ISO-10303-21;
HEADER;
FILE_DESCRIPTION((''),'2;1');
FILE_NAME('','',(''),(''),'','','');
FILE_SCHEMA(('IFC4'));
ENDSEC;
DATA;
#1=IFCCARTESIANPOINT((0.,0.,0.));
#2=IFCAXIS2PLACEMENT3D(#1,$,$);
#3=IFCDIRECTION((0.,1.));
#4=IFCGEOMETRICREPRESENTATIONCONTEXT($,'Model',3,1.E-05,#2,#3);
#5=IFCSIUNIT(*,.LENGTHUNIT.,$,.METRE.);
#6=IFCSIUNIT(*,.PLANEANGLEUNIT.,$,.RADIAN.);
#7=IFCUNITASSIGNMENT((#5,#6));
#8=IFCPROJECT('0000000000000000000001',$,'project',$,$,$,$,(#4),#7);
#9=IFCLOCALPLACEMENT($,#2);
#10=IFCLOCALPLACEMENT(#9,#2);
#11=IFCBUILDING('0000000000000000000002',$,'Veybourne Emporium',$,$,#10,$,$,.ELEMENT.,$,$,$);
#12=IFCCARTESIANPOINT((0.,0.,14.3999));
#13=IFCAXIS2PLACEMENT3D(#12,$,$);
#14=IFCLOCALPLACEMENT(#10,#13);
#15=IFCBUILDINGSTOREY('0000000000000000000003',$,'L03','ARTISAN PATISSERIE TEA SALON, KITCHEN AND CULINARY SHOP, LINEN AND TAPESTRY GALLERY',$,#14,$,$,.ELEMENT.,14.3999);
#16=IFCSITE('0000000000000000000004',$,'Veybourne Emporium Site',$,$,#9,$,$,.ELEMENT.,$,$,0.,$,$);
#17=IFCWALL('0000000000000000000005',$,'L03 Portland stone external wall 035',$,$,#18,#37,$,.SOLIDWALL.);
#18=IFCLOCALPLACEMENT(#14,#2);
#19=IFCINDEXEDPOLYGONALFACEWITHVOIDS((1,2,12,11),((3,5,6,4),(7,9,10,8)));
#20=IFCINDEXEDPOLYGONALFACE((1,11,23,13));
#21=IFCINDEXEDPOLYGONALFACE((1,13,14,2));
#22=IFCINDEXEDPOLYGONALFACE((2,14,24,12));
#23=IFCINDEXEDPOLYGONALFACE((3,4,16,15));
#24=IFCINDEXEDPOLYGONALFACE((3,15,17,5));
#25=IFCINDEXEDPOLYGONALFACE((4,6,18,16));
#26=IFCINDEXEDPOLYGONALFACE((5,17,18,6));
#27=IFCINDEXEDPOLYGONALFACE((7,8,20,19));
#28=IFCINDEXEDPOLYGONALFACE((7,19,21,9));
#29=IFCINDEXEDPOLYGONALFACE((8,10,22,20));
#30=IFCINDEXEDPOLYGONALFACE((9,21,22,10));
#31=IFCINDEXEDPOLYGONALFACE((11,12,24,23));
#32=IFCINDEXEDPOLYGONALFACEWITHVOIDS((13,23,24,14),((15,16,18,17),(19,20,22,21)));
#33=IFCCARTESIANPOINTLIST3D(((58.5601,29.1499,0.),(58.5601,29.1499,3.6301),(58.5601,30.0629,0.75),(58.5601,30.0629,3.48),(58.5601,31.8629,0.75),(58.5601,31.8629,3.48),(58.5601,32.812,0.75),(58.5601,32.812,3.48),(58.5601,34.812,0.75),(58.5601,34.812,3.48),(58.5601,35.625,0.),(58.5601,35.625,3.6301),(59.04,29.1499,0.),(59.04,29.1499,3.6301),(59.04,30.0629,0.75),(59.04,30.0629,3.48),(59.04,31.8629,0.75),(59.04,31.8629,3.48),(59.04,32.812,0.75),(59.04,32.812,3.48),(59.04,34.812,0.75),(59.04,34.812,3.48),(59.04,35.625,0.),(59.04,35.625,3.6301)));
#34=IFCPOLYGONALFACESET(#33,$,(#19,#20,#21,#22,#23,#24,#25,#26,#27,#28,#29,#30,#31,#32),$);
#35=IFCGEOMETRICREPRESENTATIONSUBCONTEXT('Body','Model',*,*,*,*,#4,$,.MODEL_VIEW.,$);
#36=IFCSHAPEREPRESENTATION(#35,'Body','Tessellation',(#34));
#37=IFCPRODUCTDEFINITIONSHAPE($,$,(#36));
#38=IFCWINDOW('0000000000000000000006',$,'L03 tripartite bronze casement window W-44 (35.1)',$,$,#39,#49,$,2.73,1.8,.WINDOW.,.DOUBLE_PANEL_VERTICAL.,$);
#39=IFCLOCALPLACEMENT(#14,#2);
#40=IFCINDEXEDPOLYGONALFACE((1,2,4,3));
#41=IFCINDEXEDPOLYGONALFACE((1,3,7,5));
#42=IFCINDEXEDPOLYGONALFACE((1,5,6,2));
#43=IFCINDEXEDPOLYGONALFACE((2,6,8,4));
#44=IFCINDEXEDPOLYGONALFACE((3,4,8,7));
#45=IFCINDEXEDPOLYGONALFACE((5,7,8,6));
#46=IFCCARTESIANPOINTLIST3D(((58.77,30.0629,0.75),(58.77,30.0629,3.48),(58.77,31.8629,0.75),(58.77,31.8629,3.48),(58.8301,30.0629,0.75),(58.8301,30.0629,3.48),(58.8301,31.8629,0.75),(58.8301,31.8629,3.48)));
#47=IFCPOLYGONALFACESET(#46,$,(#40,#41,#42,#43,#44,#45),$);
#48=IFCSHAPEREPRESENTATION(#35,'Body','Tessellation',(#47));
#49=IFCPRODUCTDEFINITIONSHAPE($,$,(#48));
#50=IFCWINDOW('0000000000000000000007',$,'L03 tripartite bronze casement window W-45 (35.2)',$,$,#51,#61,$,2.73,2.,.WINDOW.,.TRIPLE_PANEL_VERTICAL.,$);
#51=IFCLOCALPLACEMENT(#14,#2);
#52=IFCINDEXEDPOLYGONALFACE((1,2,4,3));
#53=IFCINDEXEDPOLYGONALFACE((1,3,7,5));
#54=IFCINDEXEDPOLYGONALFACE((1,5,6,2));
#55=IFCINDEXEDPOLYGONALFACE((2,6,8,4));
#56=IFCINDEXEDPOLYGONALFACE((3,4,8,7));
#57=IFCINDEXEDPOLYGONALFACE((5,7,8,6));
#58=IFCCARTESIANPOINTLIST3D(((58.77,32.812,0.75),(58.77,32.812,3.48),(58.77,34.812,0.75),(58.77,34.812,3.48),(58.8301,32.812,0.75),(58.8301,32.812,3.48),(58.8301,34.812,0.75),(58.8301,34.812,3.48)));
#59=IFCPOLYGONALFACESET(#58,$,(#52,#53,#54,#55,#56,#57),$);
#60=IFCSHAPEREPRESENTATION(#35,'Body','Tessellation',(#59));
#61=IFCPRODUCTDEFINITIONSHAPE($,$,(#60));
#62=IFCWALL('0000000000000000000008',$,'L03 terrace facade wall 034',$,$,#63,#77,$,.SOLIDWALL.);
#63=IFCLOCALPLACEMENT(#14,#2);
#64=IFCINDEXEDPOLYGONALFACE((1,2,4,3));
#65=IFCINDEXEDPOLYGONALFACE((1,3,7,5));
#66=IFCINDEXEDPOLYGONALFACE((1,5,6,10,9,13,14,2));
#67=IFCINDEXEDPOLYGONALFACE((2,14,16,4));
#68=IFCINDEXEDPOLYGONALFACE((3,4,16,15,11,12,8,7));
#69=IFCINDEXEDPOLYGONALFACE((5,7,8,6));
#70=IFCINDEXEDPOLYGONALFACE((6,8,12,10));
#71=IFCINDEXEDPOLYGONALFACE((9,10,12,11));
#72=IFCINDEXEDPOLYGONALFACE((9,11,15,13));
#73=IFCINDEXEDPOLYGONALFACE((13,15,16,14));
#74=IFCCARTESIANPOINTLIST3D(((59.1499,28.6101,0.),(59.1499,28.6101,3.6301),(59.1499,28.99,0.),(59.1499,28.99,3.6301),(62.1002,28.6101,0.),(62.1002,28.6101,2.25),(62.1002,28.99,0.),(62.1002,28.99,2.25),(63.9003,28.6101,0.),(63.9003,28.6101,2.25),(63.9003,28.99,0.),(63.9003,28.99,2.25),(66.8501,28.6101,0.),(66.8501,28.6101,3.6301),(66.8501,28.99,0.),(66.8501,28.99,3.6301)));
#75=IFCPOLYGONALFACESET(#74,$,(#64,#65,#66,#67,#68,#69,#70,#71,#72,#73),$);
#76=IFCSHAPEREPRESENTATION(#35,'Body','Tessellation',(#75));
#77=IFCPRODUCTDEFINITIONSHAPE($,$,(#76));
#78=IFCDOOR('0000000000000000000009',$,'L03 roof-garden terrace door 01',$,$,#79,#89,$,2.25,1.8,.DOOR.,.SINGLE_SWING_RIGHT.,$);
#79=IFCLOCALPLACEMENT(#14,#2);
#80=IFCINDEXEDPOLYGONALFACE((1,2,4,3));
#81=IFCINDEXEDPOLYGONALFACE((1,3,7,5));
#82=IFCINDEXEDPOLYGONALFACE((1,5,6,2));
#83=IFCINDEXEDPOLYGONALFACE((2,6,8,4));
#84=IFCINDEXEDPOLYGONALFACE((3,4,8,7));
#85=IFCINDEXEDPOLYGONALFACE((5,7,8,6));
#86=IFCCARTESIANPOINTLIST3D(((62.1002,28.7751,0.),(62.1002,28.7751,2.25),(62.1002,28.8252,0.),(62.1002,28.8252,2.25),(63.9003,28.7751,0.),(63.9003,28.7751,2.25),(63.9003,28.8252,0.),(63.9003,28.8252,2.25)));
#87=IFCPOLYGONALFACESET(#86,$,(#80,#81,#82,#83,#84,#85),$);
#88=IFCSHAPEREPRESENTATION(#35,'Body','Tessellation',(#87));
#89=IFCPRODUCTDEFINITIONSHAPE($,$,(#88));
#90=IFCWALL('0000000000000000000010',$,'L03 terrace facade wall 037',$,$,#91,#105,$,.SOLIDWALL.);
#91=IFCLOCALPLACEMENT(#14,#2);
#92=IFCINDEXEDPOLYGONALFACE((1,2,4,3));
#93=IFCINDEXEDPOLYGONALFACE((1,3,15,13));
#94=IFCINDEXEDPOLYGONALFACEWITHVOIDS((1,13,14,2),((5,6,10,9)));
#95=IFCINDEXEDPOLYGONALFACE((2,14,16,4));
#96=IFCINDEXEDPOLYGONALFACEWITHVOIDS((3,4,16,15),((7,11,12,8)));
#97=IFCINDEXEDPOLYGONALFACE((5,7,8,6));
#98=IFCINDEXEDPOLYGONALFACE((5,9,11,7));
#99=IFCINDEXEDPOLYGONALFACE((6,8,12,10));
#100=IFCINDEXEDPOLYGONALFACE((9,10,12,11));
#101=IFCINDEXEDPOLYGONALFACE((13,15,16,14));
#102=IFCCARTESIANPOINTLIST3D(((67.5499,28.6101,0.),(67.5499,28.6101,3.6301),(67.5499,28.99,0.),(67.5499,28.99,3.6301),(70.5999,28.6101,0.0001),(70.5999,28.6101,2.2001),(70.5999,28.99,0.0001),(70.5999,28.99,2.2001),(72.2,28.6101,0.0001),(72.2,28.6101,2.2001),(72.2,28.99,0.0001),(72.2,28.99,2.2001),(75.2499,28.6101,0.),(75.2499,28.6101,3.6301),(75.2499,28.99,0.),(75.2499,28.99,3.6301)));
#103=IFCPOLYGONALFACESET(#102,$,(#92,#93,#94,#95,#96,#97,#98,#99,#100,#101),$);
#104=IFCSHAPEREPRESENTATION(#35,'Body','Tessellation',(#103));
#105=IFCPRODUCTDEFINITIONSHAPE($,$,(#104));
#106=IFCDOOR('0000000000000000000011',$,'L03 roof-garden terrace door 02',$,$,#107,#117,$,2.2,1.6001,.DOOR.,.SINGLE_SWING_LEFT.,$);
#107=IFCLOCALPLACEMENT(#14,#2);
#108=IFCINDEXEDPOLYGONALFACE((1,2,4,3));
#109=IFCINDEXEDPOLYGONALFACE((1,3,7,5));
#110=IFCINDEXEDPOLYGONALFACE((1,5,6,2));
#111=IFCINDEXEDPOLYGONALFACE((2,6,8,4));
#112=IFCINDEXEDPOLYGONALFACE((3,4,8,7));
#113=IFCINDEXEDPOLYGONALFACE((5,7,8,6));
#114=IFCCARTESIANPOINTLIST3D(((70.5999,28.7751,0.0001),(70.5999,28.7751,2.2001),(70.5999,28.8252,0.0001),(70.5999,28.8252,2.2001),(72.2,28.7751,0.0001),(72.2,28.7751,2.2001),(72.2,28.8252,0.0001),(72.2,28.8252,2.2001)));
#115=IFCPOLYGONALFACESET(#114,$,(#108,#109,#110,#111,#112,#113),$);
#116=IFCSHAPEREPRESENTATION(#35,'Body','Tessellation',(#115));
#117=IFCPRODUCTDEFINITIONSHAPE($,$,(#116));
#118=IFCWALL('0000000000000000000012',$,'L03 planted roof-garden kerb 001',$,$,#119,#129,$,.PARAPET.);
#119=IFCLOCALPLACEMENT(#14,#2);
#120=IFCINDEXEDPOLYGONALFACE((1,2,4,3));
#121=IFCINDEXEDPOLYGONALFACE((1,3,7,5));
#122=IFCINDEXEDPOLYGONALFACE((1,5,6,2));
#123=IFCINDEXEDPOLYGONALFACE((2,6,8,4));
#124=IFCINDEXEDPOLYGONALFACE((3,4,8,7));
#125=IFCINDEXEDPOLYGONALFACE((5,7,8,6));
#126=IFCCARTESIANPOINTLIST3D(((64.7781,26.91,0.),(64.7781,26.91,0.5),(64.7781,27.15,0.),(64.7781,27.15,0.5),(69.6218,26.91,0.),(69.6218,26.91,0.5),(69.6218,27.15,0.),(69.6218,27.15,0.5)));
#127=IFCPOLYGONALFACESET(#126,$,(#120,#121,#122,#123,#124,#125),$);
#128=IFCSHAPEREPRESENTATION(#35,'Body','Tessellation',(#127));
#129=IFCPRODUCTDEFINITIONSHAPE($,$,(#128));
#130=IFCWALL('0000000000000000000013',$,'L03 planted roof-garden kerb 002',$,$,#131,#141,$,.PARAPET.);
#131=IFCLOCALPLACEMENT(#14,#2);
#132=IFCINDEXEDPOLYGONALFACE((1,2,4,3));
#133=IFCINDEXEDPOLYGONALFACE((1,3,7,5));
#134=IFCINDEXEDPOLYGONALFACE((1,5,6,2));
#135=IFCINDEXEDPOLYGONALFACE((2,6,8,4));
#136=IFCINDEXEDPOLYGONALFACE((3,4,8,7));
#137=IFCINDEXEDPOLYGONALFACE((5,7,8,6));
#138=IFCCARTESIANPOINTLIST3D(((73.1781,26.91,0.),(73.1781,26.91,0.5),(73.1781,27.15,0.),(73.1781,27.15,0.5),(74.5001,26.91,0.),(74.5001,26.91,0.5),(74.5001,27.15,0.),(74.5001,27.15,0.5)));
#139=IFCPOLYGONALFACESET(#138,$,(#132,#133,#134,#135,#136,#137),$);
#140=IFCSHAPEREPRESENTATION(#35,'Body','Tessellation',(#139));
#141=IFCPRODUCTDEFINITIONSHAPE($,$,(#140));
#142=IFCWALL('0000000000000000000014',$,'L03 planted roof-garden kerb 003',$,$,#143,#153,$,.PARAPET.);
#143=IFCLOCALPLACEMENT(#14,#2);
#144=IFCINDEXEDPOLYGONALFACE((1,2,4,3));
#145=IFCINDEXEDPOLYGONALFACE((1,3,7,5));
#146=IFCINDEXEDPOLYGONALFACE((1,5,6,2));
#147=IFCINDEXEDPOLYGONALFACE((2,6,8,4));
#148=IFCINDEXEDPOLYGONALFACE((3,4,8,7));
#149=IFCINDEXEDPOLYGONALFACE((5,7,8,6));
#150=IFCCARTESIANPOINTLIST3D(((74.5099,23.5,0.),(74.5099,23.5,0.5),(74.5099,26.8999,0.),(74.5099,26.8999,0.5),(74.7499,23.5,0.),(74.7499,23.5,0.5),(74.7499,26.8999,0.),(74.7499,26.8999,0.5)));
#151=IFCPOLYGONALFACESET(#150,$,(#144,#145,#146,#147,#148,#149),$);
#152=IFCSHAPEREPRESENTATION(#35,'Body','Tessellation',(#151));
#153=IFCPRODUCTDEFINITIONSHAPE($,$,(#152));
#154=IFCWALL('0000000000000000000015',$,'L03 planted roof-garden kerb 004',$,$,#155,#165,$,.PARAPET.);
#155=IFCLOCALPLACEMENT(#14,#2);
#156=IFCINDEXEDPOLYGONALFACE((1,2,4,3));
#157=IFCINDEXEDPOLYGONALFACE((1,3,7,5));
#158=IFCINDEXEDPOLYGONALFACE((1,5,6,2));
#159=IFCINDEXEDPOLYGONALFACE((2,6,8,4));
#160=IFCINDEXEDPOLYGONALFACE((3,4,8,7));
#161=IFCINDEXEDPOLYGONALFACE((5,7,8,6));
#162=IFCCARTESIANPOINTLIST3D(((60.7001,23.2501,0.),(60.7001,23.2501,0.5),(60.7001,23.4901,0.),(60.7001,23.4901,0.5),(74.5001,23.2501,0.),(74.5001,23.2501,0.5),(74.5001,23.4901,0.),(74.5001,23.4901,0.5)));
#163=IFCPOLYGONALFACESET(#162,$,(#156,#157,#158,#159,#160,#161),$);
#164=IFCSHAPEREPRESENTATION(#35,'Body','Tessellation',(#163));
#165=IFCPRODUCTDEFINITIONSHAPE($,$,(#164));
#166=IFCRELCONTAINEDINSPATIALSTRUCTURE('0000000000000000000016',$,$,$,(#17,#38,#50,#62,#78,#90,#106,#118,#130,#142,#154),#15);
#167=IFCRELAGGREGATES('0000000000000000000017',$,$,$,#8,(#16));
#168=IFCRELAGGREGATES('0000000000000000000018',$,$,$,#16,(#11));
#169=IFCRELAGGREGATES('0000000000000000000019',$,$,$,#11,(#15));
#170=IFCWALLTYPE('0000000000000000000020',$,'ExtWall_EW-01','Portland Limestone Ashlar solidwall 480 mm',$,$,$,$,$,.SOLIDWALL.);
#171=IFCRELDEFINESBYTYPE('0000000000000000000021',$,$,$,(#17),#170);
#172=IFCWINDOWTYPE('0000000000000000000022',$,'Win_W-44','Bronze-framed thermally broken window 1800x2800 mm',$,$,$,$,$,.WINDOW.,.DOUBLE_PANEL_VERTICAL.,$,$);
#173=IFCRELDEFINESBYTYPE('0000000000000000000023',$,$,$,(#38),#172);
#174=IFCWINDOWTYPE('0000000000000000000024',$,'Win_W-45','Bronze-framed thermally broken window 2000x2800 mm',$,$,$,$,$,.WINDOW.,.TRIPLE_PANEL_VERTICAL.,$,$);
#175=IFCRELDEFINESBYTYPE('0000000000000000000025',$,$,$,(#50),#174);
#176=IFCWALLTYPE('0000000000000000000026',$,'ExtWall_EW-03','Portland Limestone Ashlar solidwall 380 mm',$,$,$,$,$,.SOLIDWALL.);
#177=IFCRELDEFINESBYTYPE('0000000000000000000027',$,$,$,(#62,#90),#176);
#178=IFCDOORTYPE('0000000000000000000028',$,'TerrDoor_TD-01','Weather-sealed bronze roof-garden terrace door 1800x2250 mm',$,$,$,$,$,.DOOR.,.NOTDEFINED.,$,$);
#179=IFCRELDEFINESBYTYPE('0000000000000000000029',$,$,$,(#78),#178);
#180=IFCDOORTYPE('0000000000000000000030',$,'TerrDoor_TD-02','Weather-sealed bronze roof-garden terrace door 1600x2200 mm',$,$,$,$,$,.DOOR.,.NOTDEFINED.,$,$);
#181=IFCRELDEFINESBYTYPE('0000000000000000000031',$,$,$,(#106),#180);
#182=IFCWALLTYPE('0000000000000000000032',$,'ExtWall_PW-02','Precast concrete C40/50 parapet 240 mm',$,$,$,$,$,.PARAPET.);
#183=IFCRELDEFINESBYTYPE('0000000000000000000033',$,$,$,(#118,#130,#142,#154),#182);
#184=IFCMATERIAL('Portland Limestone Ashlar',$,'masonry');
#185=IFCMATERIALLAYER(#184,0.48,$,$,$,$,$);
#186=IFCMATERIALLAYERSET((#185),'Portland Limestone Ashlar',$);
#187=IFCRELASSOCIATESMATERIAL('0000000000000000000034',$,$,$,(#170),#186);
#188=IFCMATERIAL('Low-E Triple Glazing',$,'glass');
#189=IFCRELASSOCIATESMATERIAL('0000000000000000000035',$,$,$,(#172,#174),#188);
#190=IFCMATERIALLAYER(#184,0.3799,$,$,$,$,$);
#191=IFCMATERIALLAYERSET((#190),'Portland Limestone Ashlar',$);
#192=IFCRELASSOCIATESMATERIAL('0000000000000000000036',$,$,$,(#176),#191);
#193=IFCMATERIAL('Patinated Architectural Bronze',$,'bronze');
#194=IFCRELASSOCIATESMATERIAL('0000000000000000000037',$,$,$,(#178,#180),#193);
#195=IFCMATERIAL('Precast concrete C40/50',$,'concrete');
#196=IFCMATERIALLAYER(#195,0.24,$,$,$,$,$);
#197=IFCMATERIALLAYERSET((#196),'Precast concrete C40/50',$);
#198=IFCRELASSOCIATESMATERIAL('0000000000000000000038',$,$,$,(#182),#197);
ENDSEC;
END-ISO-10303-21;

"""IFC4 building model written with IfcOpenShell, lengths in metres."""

from ifc_helpers import new_model, si_unit, direction, frame, frame_2d, origin, place, context, subcontext, project, spatial, rectangle, extrude, material, layer, layer_set, type_object, element, fill, save


model = new_model("IFC4")

# Units and contexts
model_context = context("Model", 3, precision=1e-05, world=origin(), true_north=direction((0.0, 1.0)))
body_context = subcontext(model_context, "Body", "Model", "MODEL_VIEW")
ifc_project = project(units=[si_unit("LENGTHUNIT", "METRE"), si_unit("PLANEANGLEUNIT", "RADIAN")], contexts=[model_context])

# Site, building, storey
site_placement = place(None, origin())
site = spatial("IfcSite", under=ifc_project, at=site_placement, Name="Veybourne Emporium Site", CompositionType="ELEMENT", RefElevation=0.0)
building_placement = place(site_placement, origin())
building = spatial("IfcBuilding", under=site, at=building_placement, Name="Veybourne Emporium", CompositionType="ELEMENT")
storey_placement = place(building_placement, frame((0.0, 0.0, 14.3999)))
storey = spatial("IfcBuildingStorey", under=building, at=storey_placement, Name="L03", Description="ARTISAN PATISSERIE TEA SALON, KITCHEN AND CULINARY SHOP, LINEN AND TAPESTRY GALLERY", CompositionType="ELEMENT", Elevation=14.3999)

# Wall, openings, windows
ifc_material_1 = material(Name="Portland Limestone Ashlar", Category="masonry")
ifc_layer_1 = layer(ifc_material_1, 0.48)
ifc_layer_set_1 = layer_set([ifc_layer_1], Name="Portland Limestone Ashlar")
wall_type_1 = type_object("IfcWallType", Name="ExtWall_EW-01", Description="Portland Limestone Ashlar solidwall 480 mm", PredefinedType="SOLIDWALL", material=ifc_layer_set_1)
wall_1_placement = place(storey_placement, frame((58.8, 29.1499, 0.0), z_axis=(0.0, 0.0, 1.0), x_axis=(0.0, 1.0, 0.0)))
wall_1 = element("IfcWall", 1, at=wall_1_placement, inside=storey, type_object=wall_type_1, Name="L03 Portland stone external wall 035", PredefinedType="SOLIDWALL", context=body_context, shape_type="SweptSolid", body=[
    extrude(rectangle(XDim=6.4751, YDim=0.48, at=frame_2d((3.2375, 0.0))), origin(), (0.0, 0.0, 1.0), 3.6301),
])
opening_1_placement = place(wall_1_placement, frame((0.9131, 0.0, 0.75)))
opening_1 = element("IfcOpeningElement", 2, at=opening_1_placement, cuts=wall_1, PredefinedType="OPENING", context=body_context, shape_type="SweptSolid", body=[
    extrude(rectangle(XDim=1.8, YDim=2.73, at=frame_2d((0.8999, 1.365))), frame((0.0, 0.26, 0.0), z_axis=(0.0, -1.0, 0.0), x_axis=(1.0, 0.0, 0.0)), (0.0, 0.0, 1.0), 0.52),
])
opening_2_placement = place(wall_1_placement, frame((3.6621, 0.0, 0.75)))
opening_2 = element("IfcOpeningElement", 3, at=opening_2_placement, cuts=wall_1, PredefinedType="OPENING", context=body_context, shape_type="SweptSolid", body=[
    extrude(rectangle(XDim=2.0, YDim=2.73, at=frame_2d((1.0, 1.365))), frame((0.0, 0.26, 0.0), z_axis=(0.0, -1.0, 0.0), x_axis=(1.0, 0.0, 0.0)), (0.0, 0.0, 1.0), 0.52),
])
ifc_material_2 = material(Name="Low-E Triple Glazing", Category="glass")
window_type_1 = type_object("IfcWindowType", Name="Win_W-44", Description="Bronze-framed thermally broken window 1800x2800 mm", PartitioningType="DOUBLE_PANEL_VERTICAL", PredefinedType="WINDOW", material=ifc_material_2)
window_1_placement = place(opening_1_placement, origin())
window_1 = element("IfcWindow", 4, at=window_1_placement, inside=storey, type_object=window_type_1, Name="L03 tripartite bronze casement window W-44 (35.1)", OverallHeight=2.73, OverallWidth=1.8, PartitioningType="DOUBLE_PANEL_VERTICAL", PredefinedType="WINDOW", context=body_context, shape_type="SweptSolid", body=[
    extrude(rectangle(XDim=1.8, YDim=2.73, at=frame_2d((0.8999, 1.365))), frame((0.0, 0.03, 0.0), z_axis=(0.0, -1.0, 0.0), x_axis=(1.0, 0.0, 0.0)), (0.0, 0.0, 1.0), 0.0601),
])
fill(opening_1, window_1)
window_type_2 = type_object("IfcWindowType", Name="Win_W-45", Description="Bronze-framed thermally broken window 2000x2800 mm", PartitioningType="TRIPLE_PANEL_VERTICAL", PredefinedType="WINDOW", material=ifc_material_2)
window_2_placement = place(opening_2_placement, origin())
window_2 = element("IfcWindow", 5, at=window_2_placement, inside=storey, type_object=window_type_2, Name="L03 tripartite bronze casement window W-45 (35.2)", OverallHeight=2.73, OverallWidth=2.0, PartitioningType="TRIPLE_PANEL_VERTICAL", PredefinedType="WINDOW", context=body_context, shape_type="SweptSolid", body=[
    extrude(rectangle(XDim=2.0, YDim=2.73, at=frame_2d((1.0, 1.365))), frame((0.0, 0.03, 0.0), z_axis=(0.0, -1.0, 0.0), x_axis=(1.0, 0.0, 0.0)), (0.0, 0.0, 1.0), 0.0601),
])
fill(opening_2, window_2)

# Walls, openings, doors
ifc_layer_2 = layer(ifc_material_1, 0.3799)
ifc_layer_set_2 = layer_set([ifc_layer_2], Name="Portland Limestone Ashlar")
wall_type_2 = type_object("IfcWallType", Name="ExtWall_EW-03", Description="Portland Limestone Ashlar solidwall 380 mm", PredefinedType="SOLIDWALL", material=ifc_layer_set_2)
wall_2_placement = place(storey_placement, frame((66.8501, 28.8, 0.0), z_axis=(0.0, 0.0, 1.0), x_axis=(-1.0, 0.0, 0.0)))
wall_2 = element("IfcWall", 6, at=wall_2_placement, inside=storey, type_object=wall_type_2, Name="L03 terrace facade wall 034", PredefinedType="SOLIDWALL", context=body_context, shape_type="SweptSolid", body=[
    extrude(rectangle(XDim=7.7002, YDim=0.3799, at=frame_2d((3.8501, 0.0))), origin(), (0.0, 0.0, 1.0), 3.6301),
])
opening_3_placement = place(wall_2_placement, frame((2.95, 0.0, 0.0)))
opening_3 = element("IfcOpeningElement", 7, at=opening_3_placement, cuts=wall_2, PredefinedType="OPENING", context=body_context, shape_type="SweptSolid", body=[
    extrude(rectangle(XDim=1.8, YDim=2.25, at=frame_2d((0.8999, 1.125))), frame((0.0, 0.21, 0.0), z_axis=(0.0, -1.0, 0.0), x_axis=(1.0, 0.0, 0.0)), (0.0, 0.0, 1.0), 0.4199),
])
ifc_material_3 = material(Name="Patinated Architectural Bronze", Category="bronze")
door_type_1 = type_object("IfcDoorType", Name="TerrDoor_TD-01", Description="Weather-sealed bronze roof-garden terrace door 1800x2250 mm", OperationType="NOTDEFINED", PredefinedType="DOOR", material=ifc_material_3)
door_1_placement = place(opening_3_placement, origin())
door_1 = element("IfcDoor", 8, at=door_1_placement, inside=storey, type_object=door_type_1, Name="L03 roof-garden terrace door 01", OperationType="SINGLE_SWING_RIGHT", OverallHeight=2.25, OverallWidth=1.8, PredefinedType="DOOR", context=body_context, shape_type="SweptSolid", body=[
    extrude(rectangle(XDim=1.8, YDim=2.25, at=frame_2d((0.8999, 1.125))), frame((0.0, 0.0249, 0.0), z_axis=(0.0, -1.0, 0.0), x_axis=(1.0, 0.0, 0.0)), (0.0, 0.0, 1.0), 0.05),
])
fill(opening_3, door_1)
wall_3_placement = place(storey_placement, frame((75.25, 28.8, 0.0), z_axis=(0.0, 0.0, 1.0), x_axis=(-1.0, 0.0, 0.0)))
wall_3 = element("IfcWall", 9, at=wall_3_placement, inside=storey, type_object=wall_type_2, Name="L03 terrace facade wall 037", PredefinedType="SOLIDWALL", context=body_context, shape_type="SweptSolid", body=[
    extrude(rectangle(XDim=7.7, YDim=0.3799, at=frame_2d((3.8501, 0.0))), origin(), (0.0, 0.0, 1.0), 3.6301),
])
opening_4_placement = place(wall_3_placement, frame((3.05, 0.0, 0.0)))
opening_4 = element("IfcOpeningElement", 10, at=opening_4_placement, cuts=wall_3, PredefinedType="OPENING", context=body_context, shape_type="SweptSolid", body=[
    extrude(rectangle(XDim=1.6001, YDim=2.2, at=frame_2d((0.8, 1.1001))), frame((0.0, 0.21, 0.0), z_axis=(0.0, -1.0, 0.0), x_axis=(1.0, 0.0, 0.0)), (0.0, 0.0, 1.0), 0.4199),
])
door_type_2 = type_object("IfcDoorType", Name="TerrDoor_TD-02", Description="Weather-sealed bronze roof-garden terrace door 1600x2200 mm", OperationType="NOTDEFINED", PredefinedType="DOOR", material=ifc_material_3)
door_2_placement = place(opening_4_placement, origin())
door_2 = element("IfcDoor", 11, at=door_2_placement, inside=storey, type_object=door_type_2, Name="L03 roof-garden terrace door 02", OperationType="SINGLE_SWING_LEFT", OverallHeight=2.2, OverallWidth=1.6001, PredefinedType="DOOR", context=body_context, shape_type="SweptSolid", body=[
    extrude(rectangle(XDim=1.6001, YDim=2.2, at=frame_2d((0.8, 1.1001))), frame((0.0, 0.0249, 0.0), z_axis=(0.0, -1.0, 0.0), x_axis=(1.0, 0.0, 0.0)), (0.0, 0.0, 1.0), 0.05),
])
fill(opening_4, door_2)

# Walls
ifc_material_4 = material(Name="Precast concrete C40/50", Category="concrete")
ifc_layer_3 = layer(ifc_material_4, 0.24)
ifc_layer_set_3 = layer_set([ifc_layer_3], Name="Precast concrete C40/50")
wall_type_3 = type_object("IfcWallType", Name="ExtWall_PW-02", Description="Precast concrete C40/50 parapet 240 mm", PredefinedType="PARAPET", material=ifc_layer_set_3)
wall_4_placement = place(storey_placement, frame((64.7781, 27.03, 0.0), z_axis=(0.0, 0.0, 1.0), x_axis=(1.0, 0.0, 0.0)))
element("IfcWall", 12, at=wall_4_placement, inside=storey, type_object=wall_type_3, Name="L03 planted roof-garden kerb 001", PredefinedType="PARAPET", context=body_context, shape_type="SweptSolid", body=[
    extrude(rectangle(XDim=4.8438, YDim=0.24, at=frame_2d((2.4219, 0.0))), origin(), (0.0, 0.0, 1.0), 0.5),
])
wall_5_placement = place(storey_placement, frame((73.178, 27.03, 0.0), z_axis=(0.0, 0.0, 1.0), x_axis=(1.0, 0.0, 0.0)))
element("IfcWall", 13, at=wall_5_placement, inside=storey, type_object=wall_type_3, Name="L03 planted roof-garden kerb 002", PredefinedType="PARAPET", context=body_context, shape_type="SweptSolid", body=[
    extrude(rectangle(XDim=1.322, YDim=0.24, at=frame_2d((0.6611, 0.0))), origin(), (0.0, 0.0, 1.0), 0.5),
])
wall_6_placement = place(storey_placement, frame((74.6299, 26.8999, 0.0), z_axis=(0.0, 0.0, 1.0), x_axis=(0.0, -1.0, 0.0)))
element("IfcWall", 14, at=wall_6_placement, inside=storey, type_object=wall_type_3, Name="L03 planted roof-garden kerb 003", PredefinedType="PARAPET", context=body_context, shape_type="SweptSolid", body=[
    extrude(rectangle(XDim=3.3999, YDim=0.24, at=frame_2d((1.7, 0.0))), origin(), (0.0, 0.0, 1.0), 0.5),
])
wall_7_placement = place(storey_placement, frame((74.5, 23.3701, 0.0), z_axis=(0.0, 0.0, 1.0), x_axis=(-1.0, 0.0, 0.0)))
element("IfcWall", 15, at=wall_7_placement, inside=storey, type_object=wall_type_3, Name="L03 planted roof-garden kerb 004", PredefinedType="PARAPET", context=body_context, shape_type="SweptSolid", body=[
    extrude(rectangle(XDim=13.8, YDim=0.24, at=frame_2d((6.8999, 0.0))), origin(), (0.0, 0.0, 1.0), 0.5),
])

save(model, "model.ifc")
